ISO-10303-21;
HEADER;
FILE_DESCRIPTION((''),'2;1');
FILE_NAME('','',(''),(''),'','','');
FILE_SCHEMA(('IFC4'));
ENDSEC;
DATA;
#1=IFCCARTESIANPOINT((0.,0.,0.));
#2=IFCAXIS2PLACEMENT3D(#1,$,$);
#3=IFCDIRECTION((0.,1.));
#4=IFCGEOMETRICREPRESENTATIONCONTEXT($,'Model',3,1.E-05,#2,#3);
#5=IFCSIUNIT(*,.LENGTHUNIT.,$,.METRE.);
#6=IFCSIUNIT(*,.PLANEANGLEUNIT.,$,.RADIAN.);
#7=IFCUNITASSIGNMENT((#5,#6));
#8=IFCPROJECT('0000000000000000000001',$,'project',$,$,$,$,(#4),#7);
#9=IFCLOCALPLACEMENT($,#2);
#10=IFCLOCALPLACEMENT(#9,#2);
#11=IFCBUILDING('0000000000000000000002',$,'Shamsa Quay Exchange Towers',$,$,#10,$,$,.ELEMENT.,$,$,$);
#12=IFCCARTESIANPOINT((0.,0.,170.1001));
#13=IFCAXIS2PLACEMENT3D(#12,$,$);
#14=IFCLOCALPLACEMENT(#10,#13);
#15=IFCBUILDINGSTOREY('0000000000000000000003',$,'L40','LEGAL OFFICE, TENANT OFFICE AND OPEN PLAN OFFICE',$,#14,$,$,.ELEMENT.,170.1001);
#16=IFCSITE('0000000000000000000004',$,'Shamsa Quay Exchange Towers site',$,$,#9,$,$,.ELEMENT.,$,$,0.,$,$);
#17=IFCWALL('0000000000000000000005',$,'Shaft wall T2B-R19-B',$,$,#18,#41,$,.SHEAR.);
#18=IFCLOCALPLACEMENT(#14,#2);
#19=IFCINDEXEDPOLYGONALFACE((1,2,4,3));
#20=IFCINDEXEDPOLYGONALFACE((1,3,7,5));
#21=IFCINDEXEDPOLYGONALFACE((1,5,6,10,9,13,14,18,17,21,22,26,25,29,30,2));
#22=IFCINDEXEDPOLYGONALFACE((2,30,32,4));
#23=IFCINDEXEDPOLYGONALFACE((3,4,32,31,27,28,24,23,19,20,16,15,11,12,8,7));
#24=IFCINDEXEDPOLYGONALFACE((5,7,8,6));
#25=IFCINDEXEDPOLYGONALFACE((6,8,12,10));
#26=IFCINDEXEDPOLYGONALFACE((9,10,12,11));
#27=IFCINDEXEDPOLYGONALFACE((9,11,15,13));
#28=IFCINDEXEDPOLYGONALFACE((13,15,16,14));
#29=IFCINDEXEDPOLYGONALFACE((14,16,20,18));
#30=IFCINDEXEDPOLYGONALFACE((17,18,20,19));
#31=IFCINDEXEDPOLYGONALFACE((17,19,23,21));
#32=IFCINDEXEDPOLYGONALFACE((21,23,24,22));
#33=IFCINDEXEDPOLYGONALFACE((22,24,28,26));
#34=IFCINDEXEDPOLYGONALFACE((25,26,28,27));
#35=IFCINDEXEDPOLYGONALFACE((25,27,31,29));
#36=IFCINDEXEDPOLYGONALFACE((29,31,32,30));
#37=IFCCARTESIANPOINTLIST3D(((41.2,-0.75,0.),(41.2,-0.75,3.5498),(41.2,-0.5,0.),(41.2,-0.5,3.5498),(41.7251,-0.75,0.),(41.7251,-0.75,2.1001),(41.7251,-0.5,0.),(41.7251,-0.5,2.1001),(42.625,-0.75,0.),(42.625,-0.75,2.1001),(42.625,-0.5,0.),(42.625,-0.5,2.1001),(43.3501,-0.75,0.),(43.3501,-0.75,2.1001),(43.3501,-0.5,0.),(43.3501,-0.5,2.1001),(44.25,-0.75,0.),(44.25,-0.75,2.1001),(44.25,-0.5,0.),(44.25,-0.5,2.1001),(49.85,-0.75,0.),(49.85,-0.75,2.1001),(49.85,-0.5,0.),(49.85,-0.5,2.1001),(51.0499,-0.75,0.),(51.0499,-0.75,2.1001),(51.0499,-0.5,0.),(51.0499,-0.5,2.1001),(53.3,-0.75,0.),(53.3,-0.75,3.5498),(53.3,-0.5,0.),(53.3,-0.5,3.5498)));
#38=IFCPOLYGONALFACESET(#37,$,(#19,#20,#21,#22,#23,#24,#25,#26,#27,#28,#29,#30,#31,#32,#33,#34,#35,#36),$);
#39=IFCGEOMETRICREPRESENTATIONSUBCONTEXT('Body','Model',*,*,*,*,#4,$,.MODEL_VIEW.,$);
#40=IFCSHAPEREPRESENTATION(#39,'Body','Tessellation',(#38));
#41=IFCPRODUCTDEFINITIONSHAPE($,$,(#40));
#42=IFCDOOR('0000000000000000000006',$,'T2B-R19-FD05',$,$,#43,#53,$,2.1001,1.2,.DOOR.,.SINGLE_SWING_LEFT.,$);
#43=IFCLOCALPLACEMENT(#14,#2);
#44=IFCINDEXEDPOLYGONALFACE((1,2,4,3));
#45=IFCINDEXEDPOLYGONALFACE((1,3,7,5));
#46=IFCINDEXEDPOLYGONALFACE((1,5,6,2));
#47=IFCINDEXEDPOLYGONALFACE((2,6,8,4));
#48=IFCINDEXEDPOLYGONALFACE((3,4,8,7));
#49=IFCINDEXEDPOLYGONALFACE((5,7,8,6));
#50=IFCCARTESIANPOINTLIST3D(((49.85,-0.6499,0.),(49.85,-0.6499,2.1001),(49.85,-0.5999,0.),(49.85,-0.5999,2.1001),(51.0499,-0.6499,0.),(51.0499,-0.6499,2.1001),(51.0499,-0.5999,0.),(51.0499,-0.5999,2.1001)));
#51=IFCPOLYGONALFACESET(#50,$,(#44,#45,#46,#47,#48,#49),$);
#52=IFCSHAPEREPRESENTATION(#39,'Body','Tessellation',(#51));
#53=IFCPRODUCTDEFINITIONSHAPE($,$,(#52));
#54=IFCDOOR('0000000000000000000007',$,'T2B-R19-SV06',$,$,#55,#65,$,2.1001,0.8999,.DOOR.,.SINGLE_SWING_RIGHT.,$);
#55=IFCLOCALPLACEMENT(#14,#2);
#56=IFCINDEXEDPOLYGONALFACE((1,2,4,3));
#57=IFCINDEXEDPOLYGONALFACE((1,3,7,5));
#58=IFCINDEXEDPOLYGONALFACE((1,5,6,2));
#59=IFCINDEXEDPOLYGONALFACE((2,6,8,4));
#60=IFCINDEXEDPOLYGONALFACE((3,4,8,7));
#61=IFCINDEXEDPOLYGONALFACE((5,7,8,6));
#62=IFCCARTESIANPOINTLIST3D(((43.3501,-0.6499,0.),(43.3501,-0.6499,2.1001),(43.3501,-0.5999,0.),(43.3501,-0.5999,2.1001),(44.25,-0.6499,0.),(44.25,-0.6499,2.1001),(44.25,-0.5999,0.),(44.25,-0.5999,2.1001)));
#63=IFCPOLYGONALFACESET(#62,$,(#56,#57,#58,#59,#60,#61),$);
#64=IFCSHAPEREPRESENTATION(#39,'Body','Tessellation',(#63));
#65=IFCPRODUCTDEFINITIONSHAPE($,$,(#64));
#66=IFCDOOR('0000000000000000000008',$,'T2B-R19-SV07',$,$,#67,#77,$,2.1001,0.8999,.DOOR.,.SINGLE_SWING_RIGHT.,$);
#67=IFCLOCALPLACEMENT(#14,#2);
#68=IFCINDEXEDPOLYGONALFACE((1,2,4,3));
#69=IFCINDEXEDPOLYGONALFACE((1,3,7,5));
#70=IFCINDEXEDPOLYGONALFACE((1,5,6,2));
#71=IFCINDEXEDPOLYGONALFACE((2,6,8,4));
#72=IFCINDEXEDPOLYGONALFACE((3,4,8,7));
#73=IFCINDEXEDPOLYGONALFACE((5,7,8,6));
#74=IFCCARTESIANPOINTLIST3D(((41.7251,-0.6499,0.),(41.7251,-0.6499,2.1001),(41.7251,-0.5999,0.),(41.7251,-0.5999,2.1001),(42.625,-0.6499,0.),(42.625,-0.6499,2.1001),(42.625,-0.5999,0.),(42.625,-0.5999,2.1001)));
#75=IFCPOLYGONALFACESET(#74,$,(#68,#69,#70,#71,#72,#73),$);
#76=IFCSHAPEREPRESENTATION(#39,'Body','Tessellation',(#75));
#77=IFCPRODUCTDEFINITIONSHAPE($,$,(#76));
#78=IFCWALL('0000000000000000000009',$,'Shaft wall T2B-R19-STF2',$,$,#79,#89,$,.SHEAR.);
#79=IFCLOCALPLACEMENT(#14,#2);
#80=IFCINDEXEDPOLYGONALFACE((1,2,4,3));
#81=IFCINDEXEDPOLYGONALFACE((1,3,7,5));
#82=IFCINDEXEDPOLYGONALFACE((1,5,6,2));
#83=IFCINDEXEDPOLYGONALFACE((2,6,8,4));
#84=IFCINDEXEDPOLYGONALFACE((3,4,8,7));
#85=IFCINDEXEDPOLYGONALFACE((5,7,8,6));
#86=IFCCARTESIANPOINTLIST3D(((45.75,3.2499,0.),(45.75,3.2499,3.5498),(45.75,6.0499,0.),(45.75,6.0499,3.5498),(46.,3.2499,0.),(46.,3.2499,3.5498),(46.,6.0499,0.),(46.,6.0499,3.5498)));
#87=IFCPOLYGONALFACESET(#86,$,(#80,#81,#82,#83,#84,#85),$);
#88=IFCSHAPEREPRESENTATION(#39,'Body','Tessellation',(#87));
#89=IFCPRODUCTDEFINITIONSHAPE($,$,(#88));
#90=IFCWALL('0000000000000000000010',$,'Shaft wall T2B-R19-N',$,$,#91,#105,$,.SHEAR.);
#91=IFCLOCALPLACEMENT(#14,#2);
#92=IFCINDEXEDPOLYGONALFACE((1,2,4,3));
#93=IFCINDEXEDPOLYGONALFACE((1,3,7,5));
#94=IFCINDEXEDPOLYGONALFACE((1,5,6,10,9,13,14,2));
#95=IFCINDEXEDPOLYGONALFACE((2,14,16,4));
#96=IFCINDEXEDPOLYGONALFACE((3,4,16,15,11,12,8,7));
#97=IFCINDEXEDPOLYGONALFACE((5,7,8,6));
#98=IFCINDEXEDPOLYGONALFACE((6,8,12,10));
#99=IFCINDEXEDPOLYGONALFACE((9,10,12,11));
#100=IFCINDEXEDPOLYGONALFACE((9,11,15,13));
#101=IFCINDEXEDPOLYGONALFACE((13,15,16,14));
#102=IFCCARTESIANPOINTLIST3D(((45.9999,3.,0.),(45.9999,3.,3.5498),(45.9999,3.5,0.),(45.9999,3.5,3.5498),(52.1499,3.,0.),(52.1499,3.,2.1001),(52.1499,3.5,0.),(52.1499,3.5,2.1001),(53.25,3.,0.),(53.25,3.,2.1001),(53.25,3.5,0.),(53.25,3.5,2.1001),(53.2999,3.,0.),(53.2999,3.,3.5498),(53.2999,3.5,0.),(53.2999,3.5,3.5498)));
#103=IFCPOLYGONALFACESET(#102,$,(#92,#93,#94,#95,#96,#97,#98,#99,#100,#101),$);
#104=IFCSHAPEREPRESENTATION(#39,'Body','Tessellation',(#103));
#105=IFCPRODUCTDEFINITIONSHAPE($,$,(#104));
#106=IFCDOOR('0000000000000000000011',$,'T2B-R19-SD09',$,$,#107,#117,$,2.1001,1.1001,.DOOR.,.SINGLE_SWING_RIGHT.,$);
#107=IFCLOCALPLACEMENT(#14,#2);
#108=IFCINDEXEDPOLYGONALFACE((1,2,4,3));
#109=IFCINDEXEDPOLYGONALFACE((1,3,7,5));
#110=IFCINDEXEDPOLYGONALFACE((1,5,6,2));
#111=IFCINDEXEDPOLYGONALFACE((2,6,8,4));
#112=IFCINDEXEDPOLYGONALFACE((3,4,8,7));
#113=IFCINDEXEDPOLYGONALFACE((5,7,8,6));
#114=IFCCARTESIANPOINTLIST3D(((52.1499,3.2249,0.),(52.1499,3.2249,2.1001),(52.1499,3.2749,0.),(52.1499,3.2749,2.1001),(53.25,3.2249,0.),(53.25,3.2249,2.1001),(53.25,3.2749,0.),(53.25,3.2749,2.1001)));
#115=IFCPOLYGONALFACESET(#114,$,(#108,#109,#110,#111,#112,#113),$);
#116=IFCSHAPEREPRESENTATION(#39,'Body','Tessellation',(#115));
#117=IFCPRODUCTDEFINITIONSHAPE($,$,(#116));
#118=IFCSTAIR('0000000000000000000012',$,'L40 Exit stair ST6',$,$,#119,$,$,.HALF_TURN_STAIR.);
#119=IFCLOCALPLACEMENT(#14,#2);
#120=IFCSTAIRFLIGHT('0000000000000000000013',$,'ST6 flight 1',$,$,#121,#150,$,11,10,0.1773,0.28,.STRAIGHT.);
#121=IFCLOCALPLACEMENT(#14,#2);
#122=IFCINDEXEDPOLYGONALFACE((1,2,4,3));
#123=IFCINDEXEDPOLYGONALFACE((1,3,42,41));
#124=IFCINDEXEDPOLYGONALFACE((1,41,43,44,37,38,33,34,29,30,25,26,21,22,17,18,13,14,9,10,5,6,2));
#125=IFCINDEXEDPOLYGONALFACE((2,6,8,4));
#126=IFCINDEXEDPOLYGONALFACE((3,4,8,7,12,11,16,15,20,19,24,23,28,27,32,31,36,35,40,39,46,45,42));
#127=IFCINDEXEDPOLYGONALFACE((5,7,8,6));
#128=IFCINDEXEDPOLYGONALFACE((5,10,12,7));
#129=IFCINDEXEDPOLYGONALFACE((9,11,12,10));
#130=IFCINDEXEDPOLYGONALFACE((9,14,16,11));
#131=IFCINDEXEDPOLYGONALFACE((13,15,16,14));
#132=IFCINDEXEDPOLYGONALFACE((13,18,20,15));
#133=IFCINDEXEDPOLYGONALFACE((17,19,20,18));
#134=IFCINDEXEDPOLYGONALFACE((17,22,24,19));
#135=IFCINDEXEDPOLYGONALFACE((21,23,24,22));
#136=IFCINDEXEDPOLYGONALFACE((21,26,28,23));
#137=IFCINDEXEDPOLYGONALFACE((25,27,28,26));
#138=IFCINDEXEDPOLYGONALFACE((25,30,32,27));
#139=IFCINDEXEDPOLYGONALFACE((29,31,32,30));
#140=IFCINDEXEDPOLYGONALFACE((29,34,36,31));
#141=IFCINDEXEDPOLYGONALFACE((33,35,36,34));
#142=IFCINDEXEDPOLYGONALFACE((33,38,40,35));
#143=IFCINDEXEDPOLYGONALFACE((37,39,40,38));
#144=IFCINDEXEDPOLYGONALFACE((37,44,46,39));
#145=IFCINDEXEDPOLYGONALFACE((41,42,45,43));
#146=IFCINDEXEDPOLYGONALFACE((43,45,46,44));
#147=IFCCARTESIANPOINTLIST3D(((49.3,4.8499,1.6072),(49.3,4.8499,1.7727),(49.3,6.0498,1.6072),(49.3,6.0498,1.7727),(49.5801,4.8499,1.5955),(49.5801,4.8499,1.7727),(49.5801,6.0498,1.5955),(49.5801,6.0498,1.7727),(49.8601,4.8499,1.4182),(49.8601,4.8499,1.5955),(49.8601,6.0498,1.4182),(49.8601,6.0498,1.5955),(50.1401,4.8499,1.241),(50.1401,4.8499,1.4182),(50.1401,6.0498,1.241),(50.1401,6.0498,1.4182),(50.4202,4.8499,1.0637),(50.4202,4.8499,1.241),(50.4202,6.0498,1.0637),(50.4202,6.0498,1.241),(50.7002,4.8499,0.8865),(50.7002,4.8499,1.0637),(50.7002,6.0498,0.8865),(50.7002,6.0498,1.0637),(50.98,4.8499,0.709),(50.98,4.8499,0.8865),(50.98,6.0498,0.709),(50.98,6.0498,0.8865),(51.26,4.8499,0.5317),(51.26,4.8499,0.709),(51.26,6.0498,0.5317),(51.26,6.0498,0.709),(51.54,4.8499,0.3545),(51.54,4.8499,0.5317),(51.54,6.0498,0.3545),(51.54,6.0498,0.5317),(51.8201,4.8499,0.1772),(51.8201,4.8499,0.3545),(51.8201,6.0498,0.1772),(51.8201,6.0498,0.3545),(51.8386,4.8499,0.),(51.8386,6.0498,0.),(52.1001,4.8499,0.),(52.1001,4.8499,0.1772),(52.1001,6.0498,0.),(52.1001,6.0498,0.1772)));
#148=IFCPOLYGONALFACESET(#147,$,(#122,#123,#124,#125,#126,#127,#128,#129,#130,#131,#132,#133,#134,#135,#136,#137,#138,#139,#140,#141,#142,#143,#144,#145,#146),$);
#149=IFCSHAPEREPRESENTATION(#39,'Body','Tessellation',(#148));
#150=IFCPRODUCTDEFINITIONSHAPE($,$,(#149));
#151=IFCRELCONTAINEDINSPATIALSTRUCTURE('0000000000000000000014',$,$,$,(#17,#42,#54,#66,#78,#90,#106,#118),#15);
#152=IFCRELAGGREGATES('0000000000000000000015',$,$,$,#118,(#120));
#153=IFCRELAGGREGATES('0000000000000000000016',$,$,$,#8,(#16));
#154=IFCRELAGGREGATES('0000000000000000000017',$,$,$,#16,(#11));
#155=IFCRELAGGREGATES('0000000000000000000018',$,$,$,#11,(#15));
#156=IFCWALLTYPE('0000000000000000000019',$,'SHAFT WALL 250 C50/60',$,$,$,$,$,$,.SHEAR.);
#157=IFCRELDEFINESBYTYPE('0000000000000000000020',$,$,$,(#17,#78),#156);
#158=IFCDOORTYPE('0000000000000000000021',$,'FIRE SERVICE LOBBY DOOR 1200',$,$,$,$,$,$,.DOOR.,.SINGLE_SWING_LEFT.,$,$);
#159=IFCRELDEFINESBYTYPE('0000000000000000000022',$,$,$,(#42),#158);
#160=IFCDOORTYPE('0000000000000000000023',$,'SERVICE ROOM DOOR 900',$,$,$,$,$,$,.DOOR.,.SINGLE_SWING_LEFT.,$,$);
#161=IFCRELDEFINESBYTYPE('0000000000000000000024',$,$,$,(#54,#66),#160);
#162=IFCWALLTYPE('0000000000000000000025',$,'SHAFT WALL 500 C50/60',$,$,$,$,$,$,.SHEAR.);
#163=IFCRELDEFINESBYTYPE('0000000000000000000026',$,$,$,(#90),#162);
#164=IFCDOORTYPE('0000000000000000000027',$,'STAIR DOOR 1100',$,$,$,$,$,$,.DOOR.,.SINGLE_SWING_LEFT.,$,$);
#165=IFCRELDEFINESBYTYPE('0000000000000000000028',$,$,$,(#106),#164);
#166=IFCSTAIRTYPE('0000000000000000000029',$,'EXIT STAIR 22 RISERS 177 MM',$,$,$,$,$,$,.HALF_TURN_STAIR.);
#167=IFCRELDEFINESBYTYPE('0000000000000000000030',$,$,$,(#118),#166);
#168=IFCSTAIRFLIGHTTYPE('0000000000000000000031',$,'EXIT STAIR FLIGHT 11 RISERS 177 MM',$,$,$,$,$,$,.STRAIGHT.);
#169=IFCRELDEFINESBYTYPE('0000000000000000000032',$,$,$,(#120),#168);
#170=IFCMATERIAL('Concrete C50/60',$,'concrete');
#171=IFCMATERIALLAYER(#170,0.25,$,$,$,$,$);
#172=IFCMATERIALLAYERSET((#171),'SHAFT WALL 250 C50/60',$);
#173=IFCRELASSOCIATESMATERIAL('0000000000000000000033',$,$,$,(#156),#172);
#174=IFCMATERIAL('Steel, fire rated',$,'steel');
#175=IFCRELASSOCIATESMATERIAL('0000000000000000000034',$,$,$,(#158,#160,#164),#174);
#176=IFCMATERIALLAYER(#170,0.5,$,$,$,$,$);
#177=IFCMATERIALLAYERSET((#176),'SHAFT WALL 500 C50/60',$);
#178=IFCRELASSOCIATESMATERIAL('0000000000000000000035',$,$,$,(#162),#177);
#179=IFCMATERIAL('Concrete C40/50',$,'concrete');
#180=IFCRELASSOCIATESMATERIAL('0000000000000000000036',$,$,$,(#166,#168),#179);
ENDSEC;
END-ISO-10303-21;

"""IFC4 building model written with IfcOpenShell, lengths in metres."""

from ifc_helpers import new_model, si_unit, direction, frame, frame_2d, origin, place, context, subcontext, project, spatial, polyline, rectangle, outline, extrude, material, layer, layer_set, type_object, element, fill, aggregate, save


model = new_model("IFC4")

# Units and contexts
model_context = context("Model", 3, precision=1e-05, world=origin(), true_north=direction((0.0, 1.0)))
body_context = subcontext(model_context, "Body", "Model", "MODEL_VIEW")
ifc_project = project(units=[si_unit("LENGTHUNIT", "METRE"), si_unit("PLANEANGLEUNIT", "RADIAN")], contexts=[model_context])

# Site, building, storey
site_placement = place(None, origin())
site = spatial("IfcSite", under=ifc_project, at=site_placement, Name="Shamsa Quay Exchange Towers site", CompositionType="ELEMENT", RefElevation=0.0)
building_placement = place(site_placement, origin())
building = spatial("IfcBuilding", under=site, at=building_placement, Name="Shamsa Quay Exchange Towers", CompositionType="ELEMENT")
storey_placement = place(building_placement, frame((0.0, 0.0, 170.1001)))
storey = spatial("IfcBuildingStorey", under=building, at=storey_placement, Name="L40", Description="LEGAL OFFICE, TENANT OFFICE AND OPEN PLAN OFFICE", CompositionType="ELEMENT", Elevation=170.1001)

# Wall, openings, doors
ifc_material_1 = material(Name="Concrete C50/60", Category="concrete")
ifc_layer_1 = layer(ifc_material_1, 0.25)
ifc_layer_set_1 = layer_set([ifc_layer_1], Name="SHAFT WALL 250 C50/60")
wall_type_1 = type_object("IfcWallType", Name="SHAFT WALL 250 C50/60", PredefinedType="SHEAR", material=ifc_layer_set_1)
wall_1_placement = place(storey_placement, frame((53.3, -0.625, 0.0), z_axis=(0.0, 0.0, 1.0), x_axis=(-1.0, 0.0, 0.0)))
wall_1 = element("IfcWall", 1, at=wall_1_placement, inside=storey, type_object=wall_type_1, Name="Shaft wall T2B-R19-B", PredefinedType="SHEAR", context=body_context, shape_type="SweptSolid", body=[
    extrude(rectangle(XDim=12.1001, YDim=0.25, at=frame_2d((6.05, 0.0))), origin(), (0.0, 0.0, 1.0), 3.5498),
])
opening_1_placement = place(wall_1_placement, frame((2.25, 0.0, 0.0)))
opening_1 = element("IfcOpeningElement", 2, at=opening_1_placement, cuts=wall_1, PredefinedType="OPENING", context=body_context, shape_type="SweptSolid", body=[
    extrude(rectangle(XDim=1.2, YDim=2.1001, at=frame_2d((0.6001, 1.05))), frame((0.0, 0.135, 0.0), z_axis=(0.0, -1.0, 0.0), x_axis=(1.0, 0.0, 0.0)), (0.0, 0.0, 1.0), 0.27),
])
opening_2_placement = place(wall_1_placement, frame((9.05, 0.0, 0.0)))
opening_2 = element("IfcOpeningElement", 3, at=opening_2_placement, cuts=wall_1, PredefinedType="OPENING", context=body_context, shape_type="SweptSolid", body=[
    extrude(rectangle(XDim=0.8999, YDim=2.1001, at=frame_2d((0.45, 1.05))), frame((0.0, 0.135, 0.0), z_axis=(0.0, -1.0, 0.0), x_axis=(1.0, 0.0, 0.0)), (0.0, 0.0, 1.0), 0.27),
])
opening_3_placement = place(wall_1_placement, frame((10.675, 0.0, 0.0)))
opening_3 = element("IfcOpeningElement", 4, at=opening_3_placement, cuts=wall_1, PredefinedType="OPENING", context=body_context, shape_type="SweptSolid", body=[
    extrude(rectangle(XDim=0.8999, YDim=2.1001, at=frame_2d((0.45, 1.05))), frame((0.0, 0.135, 0.0), z_axis=(0.0, -1.0, 0.0), x_axis=(1.0, 0.0, 0.0)), (0.0, 0.0, 1.0), 0.27),
])
ifc_material_2 = material(Name="Steel, fire rated", Category="steel")
door_type_1 = type_object("IfcDoorType", Name="FIRE SERVICE LOBBY DOOR 1200", OperationType="SINGLE_SWING_LEFT", PredefinedType="DOOR", material=ifc_material_2)
door_1_placement = place(opening_1_placement, origin())
door_1 = element("IfcDoor", 5, at=door_1_placement, inside=storey, type_object=door_type_1, Name="T2B-R19-FD05", OperationType="SINGLE_SWING_LEFT", OverallHeight=2.1001, OverallWidth=1.2, PredefinedType="DOOR", context=body_context, shape_type="SweptSolid", body=[
    extrude(rectangle(XDim=1.2, YDim=2.1001, at=frame_2d((0.6001, 1.05))), frame((0.0, 0.0249, 0.0), z_axis=(0.0, -1.0, 0.0), x_axis=(1.0, 0.0, 0.0)), (0.0, 0.0, 1.0), 0.05),
])
fill(opening_1, door_1)
door_type_2 = type_object("IfcDoorType", Name="SERVICE ROOM DOOR 900", OperationType="SINGLE_SWING_LEFT", PredefinedType="DOOR", material=ifc_material_2)
door_2_placement = place(opening_2_placement, origin())
door_2 = element("IfcDoor", 6, at=door_2_placement, inside=storey, type_object=door_type_2, Name="T2B-R19-SV06", OperationType="SINGLE_SWING_RIGHT", OverallHeight=2.1001, OverallWidth=0.8999, PredefinedType="DOOR", context=body_context, shape_type="SweptSolid", body=[
    extrude(rectangle(XDim=0.8999, YDim=2.1001, at=frame_2d((0.45, 1.05))), frame((0.0, 0.0249, 0.0), z_axis=(0.0, -1.0, 0.0), x_axis=(1.0, 0.0, 0.0)), (0.0, 0.0, 1.0), 0.05),
])
fill(opening_2, door_2)
door_3_placement = place(opening_3_placement, origin())
door_3 = element("IfcDoor", 7, at=door_3_placement, inside=storey, type_object=door_type_2, Name="T2B-R19-SV07", OperationType="SINGLE_SWING_RIGHT", OverallHeight=2.1001, OverallWidth=0.8999, PredefinedType="DOOR", context=body_context, shape_type="SweptSolid", body=[
    extrude(rectangle(XDim=0.8999, YDim=2.1001, at=frame_2d((0.45, 1.05))), frame((0.0, 0.0249, 0.0), z_axis=(0.0, -1.0, 0.0), x_axis=(1.0, 0.0, 0.0)), (0.0, 0.0, 1.0), 0.05),
])
fill(opening_3, door_3)

# Wall
wall_2_placement = place(storey_placement, frame((45.875, 3.25, 0.0), z_axis=(0.0, 0.0, 1.0), x_axis=(0.0, 1.0, 0.0)))
element("IfcWall", 8, at=wall_2_placement, inside=storey, type_object=wall_type_1, Name="Shaft wall T2B-R19-STF2", PredefinedType="SHEAR", context=body_context, shape_type="SweptSolid", body=[
    extrude(rectangle(XDim=2.8, YDim=0.25, at=frame_2d((1.3999, 0.0))), origin(), (0.0, 0.0, 1.0), 3.5498),
])

# Wall, opening, door
ifc_layer_2 = layer(ifc_material_1, 0.5)
ifc_layer_set_2 = layer_set([ifc_layer_2], Name="SHAFT WALL 500 C50/60")
wall_type_2 = type_object("IfcWallType", Name="SHAFT WALL 500 C50/60", PredefinedType="SHEAR", material=ifc_layer_set_2)
wall_3_placement = place(storey_placement, frame((46.0, 3.25, 0.0)))
wall_3 = element("IfcWall", 9, at=wall_3_placement, inside=storey, type_object=wall_type_2, Name="Shaft wall T2B-R19-N", PredefinedType="SHEAR", context=body_context, shape_type="SweptSolid", body=[
    extrude(rectangle(XDim=7.3, YDim=0.5, at=frame_2d((3.6499, 0.0))), origin(), (0.0, 0.0, 1.0), 3.5498),
])
opening_4_placement = place(wall_3_placement, frame((6.1499, 0.0, 0.0)))
opening_4 = element("IfcOpeningElement", 10, at=opening_4_placement, cuts=wall_3, PredefinedType="OPENING", context=body_context, shape_type="SweptSolid", body=[
    extrude(rectangle(XDim=1.1001, YDim=2.1001, at=frame_2d((0.55, 1.05))), frame((0.0, 0.26, 0.0), z_axis=(0.0, -1.0, 0.0), x_axis=(1.0, 0.0, 0.0)), (0.0, 0.0, 1.0), 0.52),
])
door_type_3 = type_object("IfcDoorType", Name="STAIR DOOR 1100", OperationType="SINGLE_SWING_LEFT", PredefinedType="DOOR", material=ifc_material_2)
door_4_placement = place(opening_4_placement, origin())
door_4 = element("IfcDoor", 11, at=door_4_placement, inside=storey, type_object=door_type_3, Name="T2B-R19-SD09", OperationType="SINGLE_SWING_RIGHT", OverallHeight=2.1001, OverallWidth=1.1001, PredefinedType="DOOR", context=body_context, shape_type="SweptSolid", body=[
    extrude(rectangle(XDim=1.1001, YDim=2.1001, at=frame_2d((0.55, 1.05))), frame((0.0, 0.0249, 0.0), z_axis=(0.0, -1.0, 0.0), x_axis=(1.0, 0.0, 0.0)), (0.0, 0.0, 1.0), 0.05),
])
fill(opening_4, door_4)

# Stair, stair flight
ifc_material_3 = material(Name="Concrete C40/50", Category="concrete")
stair_type = type_object("IfcStairType", Name="EXIT STAIR 22 RISERS 177 MM", PredefinedType="HALF_TURN_STAIR", material=ifc_material_3)
stair_placement = place(storey_placement, origin())
stair = element("IfcStair", 12, at=stair_placement, inside=storey, type_object=stair_type, Name="L40 Exit stair ST6", PredefinedType="HALF_TURN_STAIR")
stair_flight_type = type_object("IfcStairFlightType", Name="EXIT STAIR FLIGHT 11 RISERS 177 MM", PredefinedType="STRAIGHT", material=ifc_material_3)
stair_flight_1_placement = place(storey_placement, frame((52.1001, 5.45, 0.0), z_axis=(0.0, 0.0, 1.0), x_axis=(-1.0, 0.0, 0.0)))
stair_flight_1 = element("IfcStairFlight", 13, at=stair_flight_1_placement, type_object=stair_flight_type, Name="ST6 flight 1", NumberOfRisers=11, NumberOfTreads=10, PredefinedType="STRAIGHT", RiserHeight=0.1773, TreadLength=0.28, context=body_context, shape_type="SweptSolid", body=[
    extrude(outline(polyline([(0.0, 0.0), (0.0, 0.1772), (0.28, 0.1772), (0.28, 0.3545), (0.5601, 0.3545), (0.5601, 0.5317), (0.8401, 0.5317), (0.8401, 0.709), (1.1201, 0.709), (1.1201, 0.8865), (1.3999, 0.8865), (1.3999, 1.0637), (1.6799, 1.0637), (1.6799, 1.241), (1.96, 1.241), (1.96, 1.4182), (2.24, 1.4182), (2.24, 1.5955), (2.52, 1.5955), (2.52, 1.7727), (2.8, 1.7727), (2.8, 1.95), (2.8, 1.6072), (0.2615, 0.0), (0.0, 0.0)])), frame((0.0, 0.6001, 0.0), z_axis=(0.0, -1.0, 0.0), x_axis=(1.0, 0.0, 0.0)), (0.0, 0.0, 1.0), 1.2),
])
aggregate(stair, [stair_flight_1])

save(model, "model.ifc")
